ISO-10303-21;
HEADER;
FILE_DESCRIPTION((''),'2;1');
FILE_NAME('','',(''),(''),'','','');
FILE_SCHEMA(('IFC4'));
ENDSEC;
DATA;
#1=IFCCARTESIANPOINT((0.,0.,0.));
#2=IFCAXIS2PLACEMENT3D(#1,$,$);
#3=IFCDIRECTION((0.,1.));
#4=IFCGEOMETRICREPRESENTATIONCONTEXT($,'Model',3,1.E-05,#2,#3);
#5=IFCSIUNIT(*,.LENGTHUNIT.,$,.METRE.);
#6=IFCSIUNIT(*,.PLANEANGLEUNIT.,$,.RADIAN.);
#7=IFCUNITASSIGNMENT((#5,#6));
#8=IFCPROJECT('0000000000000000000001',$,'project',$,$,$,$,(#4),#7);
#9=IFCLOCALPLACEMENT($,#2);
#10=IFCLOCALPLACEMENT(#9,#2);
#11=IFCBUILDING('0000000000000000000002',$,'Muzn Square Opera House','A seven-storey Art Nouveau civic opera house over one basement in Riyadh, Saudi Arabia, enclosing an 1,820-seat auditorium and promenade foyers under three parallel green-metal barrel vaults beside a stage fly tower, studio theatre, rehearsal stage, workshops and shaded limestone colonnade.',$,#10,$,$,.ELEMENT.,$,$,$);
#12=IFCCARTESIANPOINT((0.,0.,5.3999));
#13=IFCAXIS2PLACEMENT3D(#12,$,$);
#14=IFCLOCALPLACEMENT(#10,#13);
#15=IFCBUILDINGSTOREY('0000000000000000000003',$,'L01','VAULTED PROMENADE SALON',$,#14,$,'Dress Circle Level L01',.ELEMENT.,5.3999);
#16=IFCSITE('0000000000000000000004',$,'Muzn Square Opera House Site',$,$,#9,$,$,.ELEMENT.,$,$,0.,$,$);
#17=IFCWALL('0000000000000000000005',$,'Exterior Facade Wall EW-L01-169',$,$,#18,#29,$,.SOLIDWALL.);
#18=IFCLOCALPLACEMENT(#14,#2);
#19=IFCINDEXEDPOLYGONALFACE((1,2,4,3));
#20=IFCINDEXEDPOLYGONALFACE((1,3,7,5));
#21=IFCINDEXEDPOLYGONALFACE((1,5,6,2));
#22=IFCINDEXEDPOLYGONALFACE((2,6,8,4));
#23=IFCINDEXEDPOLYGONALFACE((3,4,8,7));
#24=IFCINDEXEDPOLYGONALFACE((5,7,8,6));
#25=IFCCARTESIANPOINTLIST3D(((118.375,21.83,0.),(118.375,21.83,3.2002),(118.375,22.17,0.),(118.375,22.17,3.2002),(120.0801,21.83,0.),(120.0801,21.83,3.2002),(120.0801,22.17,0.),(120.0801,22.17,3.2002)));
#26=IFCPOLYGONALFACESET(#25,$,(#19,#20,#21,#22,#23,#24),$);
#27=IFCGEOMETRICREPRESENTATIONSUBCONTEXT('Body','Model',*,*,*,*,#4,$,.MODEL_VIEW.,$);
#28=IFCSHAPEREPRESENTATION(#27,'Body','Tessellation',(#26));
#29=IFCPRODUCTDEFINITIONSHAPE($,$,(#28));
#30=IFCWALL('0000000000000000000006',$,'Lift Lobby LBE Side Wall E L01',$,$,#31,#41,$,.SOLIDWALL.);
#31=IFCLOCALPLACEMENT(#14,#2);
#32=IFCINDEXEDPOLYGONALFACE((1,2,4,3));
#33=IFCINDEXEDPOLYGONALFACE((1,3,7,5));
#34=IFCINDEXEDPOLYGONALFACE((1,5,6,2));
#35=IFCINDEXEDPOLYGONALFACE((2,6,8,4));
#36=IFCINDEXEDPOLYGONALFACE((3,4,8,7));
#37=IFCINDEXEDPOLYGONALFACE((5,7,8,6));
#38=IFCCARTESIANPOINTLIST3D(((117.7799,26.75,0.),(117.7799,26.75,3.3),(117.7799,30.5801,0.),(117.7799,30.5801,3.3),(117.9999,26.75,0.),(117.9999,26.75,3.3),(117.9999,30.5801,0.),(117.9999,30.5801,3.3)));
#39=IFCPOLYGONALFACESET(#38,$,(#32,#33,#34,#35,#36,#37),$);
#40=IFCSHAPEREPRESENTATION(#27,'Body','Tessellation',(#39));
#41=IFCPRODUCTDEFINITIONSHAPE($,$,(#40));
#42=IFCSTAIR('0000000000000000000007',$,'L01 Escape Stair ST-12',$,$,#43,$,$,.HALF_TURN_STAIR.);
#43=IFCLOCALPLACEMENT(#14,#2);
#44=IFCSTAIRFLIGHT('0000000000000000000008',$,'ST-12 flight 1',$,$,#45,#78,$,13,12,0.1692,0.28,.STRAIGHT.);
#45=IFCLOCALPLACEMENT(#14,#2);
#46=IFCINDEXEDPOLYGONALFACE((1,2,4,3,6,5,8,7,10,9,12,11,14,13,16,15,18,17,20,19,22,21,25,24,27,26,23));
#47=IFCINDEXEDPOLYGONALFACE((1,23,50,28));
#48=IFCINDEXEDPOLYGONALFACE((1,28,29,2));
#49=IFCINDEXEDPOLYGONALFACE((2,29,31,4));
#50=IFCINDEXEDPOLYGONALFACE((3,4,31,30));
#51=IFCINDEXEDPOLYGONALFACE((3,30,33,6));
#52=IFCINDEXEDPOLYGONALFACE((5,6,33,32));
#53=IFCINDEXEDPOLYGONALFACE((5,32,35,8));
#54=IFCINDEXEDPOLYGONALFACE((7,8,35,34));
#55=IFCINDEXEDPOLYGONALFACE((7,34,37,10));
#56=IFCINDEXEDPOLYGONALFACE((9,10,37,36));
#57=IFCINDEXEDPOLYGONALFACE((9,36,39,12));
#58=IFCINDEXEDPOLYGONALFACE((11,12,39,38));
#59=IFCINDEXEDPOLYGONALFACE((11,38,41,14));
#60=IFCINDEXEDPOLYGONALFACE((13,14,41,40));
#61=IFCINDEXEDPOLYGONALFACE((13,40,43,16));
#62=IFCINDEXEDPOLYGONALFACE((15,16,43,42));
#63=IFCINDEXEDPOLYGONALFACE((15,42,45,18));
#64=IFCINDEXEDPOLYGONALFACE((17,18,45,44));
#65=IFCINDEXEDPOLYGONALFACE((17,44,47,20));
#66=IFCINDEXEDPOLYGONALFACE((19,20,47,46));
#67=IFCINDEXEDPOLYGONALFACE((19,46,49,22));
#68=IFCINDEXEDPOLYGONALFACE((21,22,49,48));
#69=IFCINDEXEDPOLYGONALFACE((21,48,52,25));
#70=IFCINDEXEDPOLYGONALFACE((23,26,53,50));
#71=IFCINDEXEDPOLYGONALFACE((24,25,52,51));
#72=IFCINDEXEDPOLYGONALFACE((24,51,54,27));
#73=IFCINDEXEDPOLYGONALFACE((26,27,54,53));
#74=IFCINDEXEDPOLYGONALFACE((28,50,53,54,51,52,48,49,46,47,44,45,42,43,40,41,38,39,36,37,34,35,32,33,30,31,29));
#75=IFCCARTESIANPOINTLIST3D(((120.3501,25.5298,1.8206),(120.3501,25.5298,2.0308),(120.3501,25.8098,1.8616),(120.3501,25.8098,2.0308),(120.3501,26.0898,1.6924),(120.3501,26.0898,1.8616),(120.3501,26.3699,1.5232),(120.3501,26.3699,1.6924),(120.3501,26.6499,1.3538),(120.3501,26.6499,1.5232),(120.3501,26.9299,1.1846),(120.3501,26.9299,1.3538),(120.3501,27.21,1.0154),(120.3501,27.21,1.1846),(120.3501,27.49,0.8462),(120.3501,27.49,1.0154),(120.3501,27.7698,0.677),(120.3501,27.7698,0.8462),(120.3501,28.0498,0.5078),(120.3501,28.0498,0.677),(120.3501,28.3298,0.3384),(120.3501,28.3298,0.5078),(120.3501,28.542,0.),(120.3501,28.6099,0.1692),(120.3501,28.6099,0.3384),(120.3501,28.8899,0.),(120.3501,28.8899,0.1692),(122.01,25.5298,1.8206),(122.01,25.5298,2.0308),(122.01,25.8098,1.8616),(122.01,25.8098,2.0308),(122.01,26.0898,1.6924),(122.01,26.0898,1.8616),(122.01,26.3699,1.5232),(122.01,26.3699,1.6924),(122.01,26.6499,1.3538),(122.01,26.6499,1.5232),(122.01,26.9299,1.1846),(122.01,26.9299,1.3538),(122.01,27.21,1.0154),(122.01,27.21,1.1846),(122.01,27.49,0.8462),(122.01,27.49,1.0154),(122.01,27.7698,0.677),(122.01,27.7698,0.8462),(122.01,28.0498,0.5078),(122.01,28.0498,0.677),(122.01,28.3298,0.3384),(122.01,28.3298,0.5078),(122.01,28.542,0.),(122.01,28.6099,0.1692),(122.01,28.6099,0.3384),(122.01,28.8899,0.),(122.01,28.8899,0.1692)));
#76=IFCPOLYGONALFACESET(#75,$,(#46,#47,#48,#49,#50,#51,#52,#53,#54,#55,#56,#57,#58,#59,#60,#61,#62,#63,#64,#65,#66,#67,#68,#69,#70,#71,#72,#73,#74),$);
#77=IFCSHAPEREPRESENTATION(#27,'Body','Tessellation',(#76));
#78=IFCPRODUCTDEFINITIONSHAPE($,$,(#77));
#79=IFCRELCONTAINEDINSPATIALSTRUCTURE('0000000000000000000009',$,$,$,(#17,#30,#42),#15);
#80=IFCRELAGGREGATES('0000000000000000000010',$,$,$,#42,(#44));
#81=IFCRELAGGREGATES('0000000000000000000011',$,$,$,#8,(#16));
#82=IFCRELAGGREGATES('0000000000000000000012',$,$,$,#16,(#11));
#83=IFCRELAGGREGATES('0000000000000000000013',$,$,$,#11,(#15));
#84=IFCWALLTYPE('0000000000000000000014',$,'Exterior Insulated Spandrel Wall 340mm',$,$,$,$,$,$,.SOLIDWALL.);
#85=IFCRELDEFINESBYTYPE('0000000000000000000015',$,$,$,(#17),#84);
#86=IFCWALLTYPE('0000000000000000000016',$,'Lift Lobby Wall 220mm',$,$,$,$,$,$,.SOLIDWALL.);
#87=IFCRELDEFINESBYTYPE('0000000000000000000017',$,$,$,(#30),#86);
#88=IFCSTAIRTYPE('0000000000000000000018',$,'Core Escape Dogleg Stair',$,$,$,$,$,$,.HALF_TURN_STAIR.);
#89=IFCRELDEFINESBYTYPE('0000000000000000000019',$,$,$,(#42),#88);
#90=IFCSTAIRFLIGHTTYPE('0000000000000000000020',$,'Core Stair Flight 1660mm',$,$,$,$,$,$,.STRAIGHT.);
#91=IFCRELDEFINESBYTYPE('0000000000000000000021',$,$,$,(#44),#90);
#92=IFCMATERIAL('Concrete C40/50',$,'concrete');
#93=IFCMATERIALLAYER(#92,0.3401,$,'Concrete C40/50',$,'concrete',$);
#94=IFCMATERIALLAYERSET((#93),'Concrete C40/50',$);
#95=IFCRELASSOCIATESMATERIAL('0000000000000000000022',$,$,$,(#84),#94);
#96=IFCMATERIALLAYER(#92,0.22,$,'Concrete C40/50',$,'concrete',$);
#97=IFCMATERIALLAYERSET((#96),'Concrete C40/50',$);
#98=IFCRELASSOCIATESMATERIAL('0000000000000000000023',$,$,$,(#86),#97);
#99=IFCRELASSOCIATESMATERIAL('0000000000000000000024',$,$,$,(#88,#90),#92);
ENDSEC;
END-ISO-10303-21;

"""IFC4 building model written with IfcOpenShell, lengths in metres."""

from ifc_helpers import new_model, si_unit, direction, frame, frame_2d, origin, place, context, subcontext, project, spatial, polyline, rectangle, outline, extrude, material, layer, layer_set, type_object, element, aggregate, save


model = new_model("IFC4")

# Units and contexts
model_context = context("Model", 3, precision=1e-05, world=origin(), true_north=direction((0.0, 1.0)))
body_context = subcontext(model_context, "Body", "Model", "MODEL_VIEW")
ifc_project = project(units=[si_unit("LENGTHUNIT", "METRE"), si_unit("PLANEANGLEUNIT", "RADIAN")], contexts=[model_context])

# Site, building, storey
site_placement = place(None, origin())
site = spatial("IfcSite", under=ifc_project, at=site_placement, Name="Muzn Square Opera House Site", CompositionType="ELEMENT", RefElevation=0.0)
building_placement = place(site_placement, origin())
building = spatial("IfcBuilding", under=site, at=building_placement, Name="Muzn Square Opera House", Description="A seven-storey Art Nouveau civic opera house over one basement in Riyadh, Saudi Arabia, enclosing an 1,820-seat auditorium and promenade foyers under three parallel green-metal barrel vaults beside a stage fly tower, studio theatre, rehearsal stage, workshops and shaded limestone colonnade.", CompositionType="ELEMENT")
storey_placement = place(building_placement, frame((0.0, 0.0, 5.3999)))
storey = spatial("IfcBuildingStorey", under=building, at=storey_placement, Name="L01", Description="VAULTED PROMENADE SALON", LongName="Dress Circle Level L01", CompositionType="ELEMENT", Elevation=5.3999)

# Shared definitions
ifc_material_1 = material(Name="Concrete C40/50", Category="concrete")

# Walls
ifc_layer_1 = layer(ifc_material_1, 0.3401, Name="Concrete C40/50", Category="concrete")
ifc_layer_set_1 = layer_set([ifc_layer_1], Name="Concrete C40/50")
wall_type_1 = type_object("IfcWallType", Name="Exterior Insulated Spandrel Wall 340mm", PredefinedType="SOLIDWALL", material=ifc_layer_set_1)
wall_1_placement = place(storey_placement, frame((118.375, 22.0, 0.0), z_axis=(0.0, 0.0, 1.0), x_axis=(1.0, 0.0, 0.0)))
element("IfcWall", 1, at=wall_1_placement, inside=storey, type_object=wall_type_1, Name="Exterior Facade Wall EW-L01-169", PredefinedType="SOLIDWALL", context=body_context, shape_type="SweptSolid", body=[
    extrude(rectangle(XDim=1.7051, YDim=0.3401, at=frame_2d((0.8525, 0.0))), origin(), (0.0, 0.0, 1.0), 3.2002),
])
ifc_layer_2 = layer(ifc_material_1, 0.22, Name="Concrete C40/50", Category="concrete")
ifc_layer_set_2 = layer_set([ifc_layer_2], Name="Concrete C40/50")
wall_type_2 = type_object("IfcWallType", Name="Lift Lobby Wall 220mm", PredefinedType="SOLIDWALL", material=ifc_layer_set_2)
wall_2_placement = place(storey_placement, frame((117.8899, 26.75, 0.0), z_axis=(0.0, 0.0, 1.0), x_axis=(0.0, 1.0, 0.0)))
element("IfcWall", 2, at=wall_2_placement, inside=storey, type_object=wall_type_2, Name="Lift Lobby LBE Side Wall E L01", PredefinedType="SOLIDWALL", context=body_context, shape_type="SweptSolid", body=[
    extrude(rectangle(XDim=3.8301, YDim=0.22, at=frame_2d((1.915, 0.0))), origin(), (0.0, 0.0, 1.0), 3.3),
])

# Stair, stair flight
stair_type = type_object("IfcStairType", Name="Core Escape Dogleg Stair", PredefinedType="HALF_TURN_STAIR", material=ifc_material_1)
stair_placement = place(storey_placement, origin())
stair = element("IfcStair", 3, at=stair_placement, inside=storey, type_object=stair_type, Name="L01 Escape Stair ST-12", PredefinedType="HALF_TURN_STAIR")
stair_flight_type = type_object("IfcStairFlightType", Name="Core Stair Flight 1660mm", PredefinedType="STRAIGHT", material=ifc_material_1)
stair_flight_placement = place(storey_placement, frame((121.1799, 28.8899, 0.0), z_axis=(0.0, 0.0, 1.0), x_axis=(0.0, -1.0, 0.0)))
stair_flight = element("IfcStairFlight", 4, at=stair_flight_placement, type_object=stair_flight_type, Name="ST-12 flight 1", NumberOfRisers=13, NumberOfTreads=12, PredefinedType="STRAIGHT", RiserHeight=0.1692, TreadLength=0.28, context=body_context, shape_type="SweptSolid", body=[
    extrude(outline(polyline([(0.0, 0.0), (0.0, 0.1692), (0.28, 0.1692), (0.28, 0.3384), (0.5601, 0.3384), (0.5601, 0.5078), (0.8401, 0.5078), (0.8401, 0.677), (1.1201, 0.677), (1.1201, 0.8462), (1.3999, 0.8462), (1.3999, 1.0154), (1.6799, 1.0154), (1.6799, 1.1846), (1.96, 1.1846), (1.96, 1.3538), (2.24, 1.3538), (2.24, 1.5232), (2.52, 1.5232), (2.52, 1.6924), (2.8, 1.6924), (2.8, 1.8616), (3.0801, 1.8616), (3.0801, 2.0308), (3.3601, 2.0308), (3.3601, 2.2), (3.3601, 1.8206), (0.3479, 0.0), (0.0, 0.0)])), frame((0.0, 0.8301, 0.0), z_axis=(0.0, -1.0, 0.0), x_axis=(1.0, 0.0, 0.0)), (0.0, 0.0, 1.0), 1.6599),
])
aggregate(stair, [stair_flight])

save(model, "model.ifc")
